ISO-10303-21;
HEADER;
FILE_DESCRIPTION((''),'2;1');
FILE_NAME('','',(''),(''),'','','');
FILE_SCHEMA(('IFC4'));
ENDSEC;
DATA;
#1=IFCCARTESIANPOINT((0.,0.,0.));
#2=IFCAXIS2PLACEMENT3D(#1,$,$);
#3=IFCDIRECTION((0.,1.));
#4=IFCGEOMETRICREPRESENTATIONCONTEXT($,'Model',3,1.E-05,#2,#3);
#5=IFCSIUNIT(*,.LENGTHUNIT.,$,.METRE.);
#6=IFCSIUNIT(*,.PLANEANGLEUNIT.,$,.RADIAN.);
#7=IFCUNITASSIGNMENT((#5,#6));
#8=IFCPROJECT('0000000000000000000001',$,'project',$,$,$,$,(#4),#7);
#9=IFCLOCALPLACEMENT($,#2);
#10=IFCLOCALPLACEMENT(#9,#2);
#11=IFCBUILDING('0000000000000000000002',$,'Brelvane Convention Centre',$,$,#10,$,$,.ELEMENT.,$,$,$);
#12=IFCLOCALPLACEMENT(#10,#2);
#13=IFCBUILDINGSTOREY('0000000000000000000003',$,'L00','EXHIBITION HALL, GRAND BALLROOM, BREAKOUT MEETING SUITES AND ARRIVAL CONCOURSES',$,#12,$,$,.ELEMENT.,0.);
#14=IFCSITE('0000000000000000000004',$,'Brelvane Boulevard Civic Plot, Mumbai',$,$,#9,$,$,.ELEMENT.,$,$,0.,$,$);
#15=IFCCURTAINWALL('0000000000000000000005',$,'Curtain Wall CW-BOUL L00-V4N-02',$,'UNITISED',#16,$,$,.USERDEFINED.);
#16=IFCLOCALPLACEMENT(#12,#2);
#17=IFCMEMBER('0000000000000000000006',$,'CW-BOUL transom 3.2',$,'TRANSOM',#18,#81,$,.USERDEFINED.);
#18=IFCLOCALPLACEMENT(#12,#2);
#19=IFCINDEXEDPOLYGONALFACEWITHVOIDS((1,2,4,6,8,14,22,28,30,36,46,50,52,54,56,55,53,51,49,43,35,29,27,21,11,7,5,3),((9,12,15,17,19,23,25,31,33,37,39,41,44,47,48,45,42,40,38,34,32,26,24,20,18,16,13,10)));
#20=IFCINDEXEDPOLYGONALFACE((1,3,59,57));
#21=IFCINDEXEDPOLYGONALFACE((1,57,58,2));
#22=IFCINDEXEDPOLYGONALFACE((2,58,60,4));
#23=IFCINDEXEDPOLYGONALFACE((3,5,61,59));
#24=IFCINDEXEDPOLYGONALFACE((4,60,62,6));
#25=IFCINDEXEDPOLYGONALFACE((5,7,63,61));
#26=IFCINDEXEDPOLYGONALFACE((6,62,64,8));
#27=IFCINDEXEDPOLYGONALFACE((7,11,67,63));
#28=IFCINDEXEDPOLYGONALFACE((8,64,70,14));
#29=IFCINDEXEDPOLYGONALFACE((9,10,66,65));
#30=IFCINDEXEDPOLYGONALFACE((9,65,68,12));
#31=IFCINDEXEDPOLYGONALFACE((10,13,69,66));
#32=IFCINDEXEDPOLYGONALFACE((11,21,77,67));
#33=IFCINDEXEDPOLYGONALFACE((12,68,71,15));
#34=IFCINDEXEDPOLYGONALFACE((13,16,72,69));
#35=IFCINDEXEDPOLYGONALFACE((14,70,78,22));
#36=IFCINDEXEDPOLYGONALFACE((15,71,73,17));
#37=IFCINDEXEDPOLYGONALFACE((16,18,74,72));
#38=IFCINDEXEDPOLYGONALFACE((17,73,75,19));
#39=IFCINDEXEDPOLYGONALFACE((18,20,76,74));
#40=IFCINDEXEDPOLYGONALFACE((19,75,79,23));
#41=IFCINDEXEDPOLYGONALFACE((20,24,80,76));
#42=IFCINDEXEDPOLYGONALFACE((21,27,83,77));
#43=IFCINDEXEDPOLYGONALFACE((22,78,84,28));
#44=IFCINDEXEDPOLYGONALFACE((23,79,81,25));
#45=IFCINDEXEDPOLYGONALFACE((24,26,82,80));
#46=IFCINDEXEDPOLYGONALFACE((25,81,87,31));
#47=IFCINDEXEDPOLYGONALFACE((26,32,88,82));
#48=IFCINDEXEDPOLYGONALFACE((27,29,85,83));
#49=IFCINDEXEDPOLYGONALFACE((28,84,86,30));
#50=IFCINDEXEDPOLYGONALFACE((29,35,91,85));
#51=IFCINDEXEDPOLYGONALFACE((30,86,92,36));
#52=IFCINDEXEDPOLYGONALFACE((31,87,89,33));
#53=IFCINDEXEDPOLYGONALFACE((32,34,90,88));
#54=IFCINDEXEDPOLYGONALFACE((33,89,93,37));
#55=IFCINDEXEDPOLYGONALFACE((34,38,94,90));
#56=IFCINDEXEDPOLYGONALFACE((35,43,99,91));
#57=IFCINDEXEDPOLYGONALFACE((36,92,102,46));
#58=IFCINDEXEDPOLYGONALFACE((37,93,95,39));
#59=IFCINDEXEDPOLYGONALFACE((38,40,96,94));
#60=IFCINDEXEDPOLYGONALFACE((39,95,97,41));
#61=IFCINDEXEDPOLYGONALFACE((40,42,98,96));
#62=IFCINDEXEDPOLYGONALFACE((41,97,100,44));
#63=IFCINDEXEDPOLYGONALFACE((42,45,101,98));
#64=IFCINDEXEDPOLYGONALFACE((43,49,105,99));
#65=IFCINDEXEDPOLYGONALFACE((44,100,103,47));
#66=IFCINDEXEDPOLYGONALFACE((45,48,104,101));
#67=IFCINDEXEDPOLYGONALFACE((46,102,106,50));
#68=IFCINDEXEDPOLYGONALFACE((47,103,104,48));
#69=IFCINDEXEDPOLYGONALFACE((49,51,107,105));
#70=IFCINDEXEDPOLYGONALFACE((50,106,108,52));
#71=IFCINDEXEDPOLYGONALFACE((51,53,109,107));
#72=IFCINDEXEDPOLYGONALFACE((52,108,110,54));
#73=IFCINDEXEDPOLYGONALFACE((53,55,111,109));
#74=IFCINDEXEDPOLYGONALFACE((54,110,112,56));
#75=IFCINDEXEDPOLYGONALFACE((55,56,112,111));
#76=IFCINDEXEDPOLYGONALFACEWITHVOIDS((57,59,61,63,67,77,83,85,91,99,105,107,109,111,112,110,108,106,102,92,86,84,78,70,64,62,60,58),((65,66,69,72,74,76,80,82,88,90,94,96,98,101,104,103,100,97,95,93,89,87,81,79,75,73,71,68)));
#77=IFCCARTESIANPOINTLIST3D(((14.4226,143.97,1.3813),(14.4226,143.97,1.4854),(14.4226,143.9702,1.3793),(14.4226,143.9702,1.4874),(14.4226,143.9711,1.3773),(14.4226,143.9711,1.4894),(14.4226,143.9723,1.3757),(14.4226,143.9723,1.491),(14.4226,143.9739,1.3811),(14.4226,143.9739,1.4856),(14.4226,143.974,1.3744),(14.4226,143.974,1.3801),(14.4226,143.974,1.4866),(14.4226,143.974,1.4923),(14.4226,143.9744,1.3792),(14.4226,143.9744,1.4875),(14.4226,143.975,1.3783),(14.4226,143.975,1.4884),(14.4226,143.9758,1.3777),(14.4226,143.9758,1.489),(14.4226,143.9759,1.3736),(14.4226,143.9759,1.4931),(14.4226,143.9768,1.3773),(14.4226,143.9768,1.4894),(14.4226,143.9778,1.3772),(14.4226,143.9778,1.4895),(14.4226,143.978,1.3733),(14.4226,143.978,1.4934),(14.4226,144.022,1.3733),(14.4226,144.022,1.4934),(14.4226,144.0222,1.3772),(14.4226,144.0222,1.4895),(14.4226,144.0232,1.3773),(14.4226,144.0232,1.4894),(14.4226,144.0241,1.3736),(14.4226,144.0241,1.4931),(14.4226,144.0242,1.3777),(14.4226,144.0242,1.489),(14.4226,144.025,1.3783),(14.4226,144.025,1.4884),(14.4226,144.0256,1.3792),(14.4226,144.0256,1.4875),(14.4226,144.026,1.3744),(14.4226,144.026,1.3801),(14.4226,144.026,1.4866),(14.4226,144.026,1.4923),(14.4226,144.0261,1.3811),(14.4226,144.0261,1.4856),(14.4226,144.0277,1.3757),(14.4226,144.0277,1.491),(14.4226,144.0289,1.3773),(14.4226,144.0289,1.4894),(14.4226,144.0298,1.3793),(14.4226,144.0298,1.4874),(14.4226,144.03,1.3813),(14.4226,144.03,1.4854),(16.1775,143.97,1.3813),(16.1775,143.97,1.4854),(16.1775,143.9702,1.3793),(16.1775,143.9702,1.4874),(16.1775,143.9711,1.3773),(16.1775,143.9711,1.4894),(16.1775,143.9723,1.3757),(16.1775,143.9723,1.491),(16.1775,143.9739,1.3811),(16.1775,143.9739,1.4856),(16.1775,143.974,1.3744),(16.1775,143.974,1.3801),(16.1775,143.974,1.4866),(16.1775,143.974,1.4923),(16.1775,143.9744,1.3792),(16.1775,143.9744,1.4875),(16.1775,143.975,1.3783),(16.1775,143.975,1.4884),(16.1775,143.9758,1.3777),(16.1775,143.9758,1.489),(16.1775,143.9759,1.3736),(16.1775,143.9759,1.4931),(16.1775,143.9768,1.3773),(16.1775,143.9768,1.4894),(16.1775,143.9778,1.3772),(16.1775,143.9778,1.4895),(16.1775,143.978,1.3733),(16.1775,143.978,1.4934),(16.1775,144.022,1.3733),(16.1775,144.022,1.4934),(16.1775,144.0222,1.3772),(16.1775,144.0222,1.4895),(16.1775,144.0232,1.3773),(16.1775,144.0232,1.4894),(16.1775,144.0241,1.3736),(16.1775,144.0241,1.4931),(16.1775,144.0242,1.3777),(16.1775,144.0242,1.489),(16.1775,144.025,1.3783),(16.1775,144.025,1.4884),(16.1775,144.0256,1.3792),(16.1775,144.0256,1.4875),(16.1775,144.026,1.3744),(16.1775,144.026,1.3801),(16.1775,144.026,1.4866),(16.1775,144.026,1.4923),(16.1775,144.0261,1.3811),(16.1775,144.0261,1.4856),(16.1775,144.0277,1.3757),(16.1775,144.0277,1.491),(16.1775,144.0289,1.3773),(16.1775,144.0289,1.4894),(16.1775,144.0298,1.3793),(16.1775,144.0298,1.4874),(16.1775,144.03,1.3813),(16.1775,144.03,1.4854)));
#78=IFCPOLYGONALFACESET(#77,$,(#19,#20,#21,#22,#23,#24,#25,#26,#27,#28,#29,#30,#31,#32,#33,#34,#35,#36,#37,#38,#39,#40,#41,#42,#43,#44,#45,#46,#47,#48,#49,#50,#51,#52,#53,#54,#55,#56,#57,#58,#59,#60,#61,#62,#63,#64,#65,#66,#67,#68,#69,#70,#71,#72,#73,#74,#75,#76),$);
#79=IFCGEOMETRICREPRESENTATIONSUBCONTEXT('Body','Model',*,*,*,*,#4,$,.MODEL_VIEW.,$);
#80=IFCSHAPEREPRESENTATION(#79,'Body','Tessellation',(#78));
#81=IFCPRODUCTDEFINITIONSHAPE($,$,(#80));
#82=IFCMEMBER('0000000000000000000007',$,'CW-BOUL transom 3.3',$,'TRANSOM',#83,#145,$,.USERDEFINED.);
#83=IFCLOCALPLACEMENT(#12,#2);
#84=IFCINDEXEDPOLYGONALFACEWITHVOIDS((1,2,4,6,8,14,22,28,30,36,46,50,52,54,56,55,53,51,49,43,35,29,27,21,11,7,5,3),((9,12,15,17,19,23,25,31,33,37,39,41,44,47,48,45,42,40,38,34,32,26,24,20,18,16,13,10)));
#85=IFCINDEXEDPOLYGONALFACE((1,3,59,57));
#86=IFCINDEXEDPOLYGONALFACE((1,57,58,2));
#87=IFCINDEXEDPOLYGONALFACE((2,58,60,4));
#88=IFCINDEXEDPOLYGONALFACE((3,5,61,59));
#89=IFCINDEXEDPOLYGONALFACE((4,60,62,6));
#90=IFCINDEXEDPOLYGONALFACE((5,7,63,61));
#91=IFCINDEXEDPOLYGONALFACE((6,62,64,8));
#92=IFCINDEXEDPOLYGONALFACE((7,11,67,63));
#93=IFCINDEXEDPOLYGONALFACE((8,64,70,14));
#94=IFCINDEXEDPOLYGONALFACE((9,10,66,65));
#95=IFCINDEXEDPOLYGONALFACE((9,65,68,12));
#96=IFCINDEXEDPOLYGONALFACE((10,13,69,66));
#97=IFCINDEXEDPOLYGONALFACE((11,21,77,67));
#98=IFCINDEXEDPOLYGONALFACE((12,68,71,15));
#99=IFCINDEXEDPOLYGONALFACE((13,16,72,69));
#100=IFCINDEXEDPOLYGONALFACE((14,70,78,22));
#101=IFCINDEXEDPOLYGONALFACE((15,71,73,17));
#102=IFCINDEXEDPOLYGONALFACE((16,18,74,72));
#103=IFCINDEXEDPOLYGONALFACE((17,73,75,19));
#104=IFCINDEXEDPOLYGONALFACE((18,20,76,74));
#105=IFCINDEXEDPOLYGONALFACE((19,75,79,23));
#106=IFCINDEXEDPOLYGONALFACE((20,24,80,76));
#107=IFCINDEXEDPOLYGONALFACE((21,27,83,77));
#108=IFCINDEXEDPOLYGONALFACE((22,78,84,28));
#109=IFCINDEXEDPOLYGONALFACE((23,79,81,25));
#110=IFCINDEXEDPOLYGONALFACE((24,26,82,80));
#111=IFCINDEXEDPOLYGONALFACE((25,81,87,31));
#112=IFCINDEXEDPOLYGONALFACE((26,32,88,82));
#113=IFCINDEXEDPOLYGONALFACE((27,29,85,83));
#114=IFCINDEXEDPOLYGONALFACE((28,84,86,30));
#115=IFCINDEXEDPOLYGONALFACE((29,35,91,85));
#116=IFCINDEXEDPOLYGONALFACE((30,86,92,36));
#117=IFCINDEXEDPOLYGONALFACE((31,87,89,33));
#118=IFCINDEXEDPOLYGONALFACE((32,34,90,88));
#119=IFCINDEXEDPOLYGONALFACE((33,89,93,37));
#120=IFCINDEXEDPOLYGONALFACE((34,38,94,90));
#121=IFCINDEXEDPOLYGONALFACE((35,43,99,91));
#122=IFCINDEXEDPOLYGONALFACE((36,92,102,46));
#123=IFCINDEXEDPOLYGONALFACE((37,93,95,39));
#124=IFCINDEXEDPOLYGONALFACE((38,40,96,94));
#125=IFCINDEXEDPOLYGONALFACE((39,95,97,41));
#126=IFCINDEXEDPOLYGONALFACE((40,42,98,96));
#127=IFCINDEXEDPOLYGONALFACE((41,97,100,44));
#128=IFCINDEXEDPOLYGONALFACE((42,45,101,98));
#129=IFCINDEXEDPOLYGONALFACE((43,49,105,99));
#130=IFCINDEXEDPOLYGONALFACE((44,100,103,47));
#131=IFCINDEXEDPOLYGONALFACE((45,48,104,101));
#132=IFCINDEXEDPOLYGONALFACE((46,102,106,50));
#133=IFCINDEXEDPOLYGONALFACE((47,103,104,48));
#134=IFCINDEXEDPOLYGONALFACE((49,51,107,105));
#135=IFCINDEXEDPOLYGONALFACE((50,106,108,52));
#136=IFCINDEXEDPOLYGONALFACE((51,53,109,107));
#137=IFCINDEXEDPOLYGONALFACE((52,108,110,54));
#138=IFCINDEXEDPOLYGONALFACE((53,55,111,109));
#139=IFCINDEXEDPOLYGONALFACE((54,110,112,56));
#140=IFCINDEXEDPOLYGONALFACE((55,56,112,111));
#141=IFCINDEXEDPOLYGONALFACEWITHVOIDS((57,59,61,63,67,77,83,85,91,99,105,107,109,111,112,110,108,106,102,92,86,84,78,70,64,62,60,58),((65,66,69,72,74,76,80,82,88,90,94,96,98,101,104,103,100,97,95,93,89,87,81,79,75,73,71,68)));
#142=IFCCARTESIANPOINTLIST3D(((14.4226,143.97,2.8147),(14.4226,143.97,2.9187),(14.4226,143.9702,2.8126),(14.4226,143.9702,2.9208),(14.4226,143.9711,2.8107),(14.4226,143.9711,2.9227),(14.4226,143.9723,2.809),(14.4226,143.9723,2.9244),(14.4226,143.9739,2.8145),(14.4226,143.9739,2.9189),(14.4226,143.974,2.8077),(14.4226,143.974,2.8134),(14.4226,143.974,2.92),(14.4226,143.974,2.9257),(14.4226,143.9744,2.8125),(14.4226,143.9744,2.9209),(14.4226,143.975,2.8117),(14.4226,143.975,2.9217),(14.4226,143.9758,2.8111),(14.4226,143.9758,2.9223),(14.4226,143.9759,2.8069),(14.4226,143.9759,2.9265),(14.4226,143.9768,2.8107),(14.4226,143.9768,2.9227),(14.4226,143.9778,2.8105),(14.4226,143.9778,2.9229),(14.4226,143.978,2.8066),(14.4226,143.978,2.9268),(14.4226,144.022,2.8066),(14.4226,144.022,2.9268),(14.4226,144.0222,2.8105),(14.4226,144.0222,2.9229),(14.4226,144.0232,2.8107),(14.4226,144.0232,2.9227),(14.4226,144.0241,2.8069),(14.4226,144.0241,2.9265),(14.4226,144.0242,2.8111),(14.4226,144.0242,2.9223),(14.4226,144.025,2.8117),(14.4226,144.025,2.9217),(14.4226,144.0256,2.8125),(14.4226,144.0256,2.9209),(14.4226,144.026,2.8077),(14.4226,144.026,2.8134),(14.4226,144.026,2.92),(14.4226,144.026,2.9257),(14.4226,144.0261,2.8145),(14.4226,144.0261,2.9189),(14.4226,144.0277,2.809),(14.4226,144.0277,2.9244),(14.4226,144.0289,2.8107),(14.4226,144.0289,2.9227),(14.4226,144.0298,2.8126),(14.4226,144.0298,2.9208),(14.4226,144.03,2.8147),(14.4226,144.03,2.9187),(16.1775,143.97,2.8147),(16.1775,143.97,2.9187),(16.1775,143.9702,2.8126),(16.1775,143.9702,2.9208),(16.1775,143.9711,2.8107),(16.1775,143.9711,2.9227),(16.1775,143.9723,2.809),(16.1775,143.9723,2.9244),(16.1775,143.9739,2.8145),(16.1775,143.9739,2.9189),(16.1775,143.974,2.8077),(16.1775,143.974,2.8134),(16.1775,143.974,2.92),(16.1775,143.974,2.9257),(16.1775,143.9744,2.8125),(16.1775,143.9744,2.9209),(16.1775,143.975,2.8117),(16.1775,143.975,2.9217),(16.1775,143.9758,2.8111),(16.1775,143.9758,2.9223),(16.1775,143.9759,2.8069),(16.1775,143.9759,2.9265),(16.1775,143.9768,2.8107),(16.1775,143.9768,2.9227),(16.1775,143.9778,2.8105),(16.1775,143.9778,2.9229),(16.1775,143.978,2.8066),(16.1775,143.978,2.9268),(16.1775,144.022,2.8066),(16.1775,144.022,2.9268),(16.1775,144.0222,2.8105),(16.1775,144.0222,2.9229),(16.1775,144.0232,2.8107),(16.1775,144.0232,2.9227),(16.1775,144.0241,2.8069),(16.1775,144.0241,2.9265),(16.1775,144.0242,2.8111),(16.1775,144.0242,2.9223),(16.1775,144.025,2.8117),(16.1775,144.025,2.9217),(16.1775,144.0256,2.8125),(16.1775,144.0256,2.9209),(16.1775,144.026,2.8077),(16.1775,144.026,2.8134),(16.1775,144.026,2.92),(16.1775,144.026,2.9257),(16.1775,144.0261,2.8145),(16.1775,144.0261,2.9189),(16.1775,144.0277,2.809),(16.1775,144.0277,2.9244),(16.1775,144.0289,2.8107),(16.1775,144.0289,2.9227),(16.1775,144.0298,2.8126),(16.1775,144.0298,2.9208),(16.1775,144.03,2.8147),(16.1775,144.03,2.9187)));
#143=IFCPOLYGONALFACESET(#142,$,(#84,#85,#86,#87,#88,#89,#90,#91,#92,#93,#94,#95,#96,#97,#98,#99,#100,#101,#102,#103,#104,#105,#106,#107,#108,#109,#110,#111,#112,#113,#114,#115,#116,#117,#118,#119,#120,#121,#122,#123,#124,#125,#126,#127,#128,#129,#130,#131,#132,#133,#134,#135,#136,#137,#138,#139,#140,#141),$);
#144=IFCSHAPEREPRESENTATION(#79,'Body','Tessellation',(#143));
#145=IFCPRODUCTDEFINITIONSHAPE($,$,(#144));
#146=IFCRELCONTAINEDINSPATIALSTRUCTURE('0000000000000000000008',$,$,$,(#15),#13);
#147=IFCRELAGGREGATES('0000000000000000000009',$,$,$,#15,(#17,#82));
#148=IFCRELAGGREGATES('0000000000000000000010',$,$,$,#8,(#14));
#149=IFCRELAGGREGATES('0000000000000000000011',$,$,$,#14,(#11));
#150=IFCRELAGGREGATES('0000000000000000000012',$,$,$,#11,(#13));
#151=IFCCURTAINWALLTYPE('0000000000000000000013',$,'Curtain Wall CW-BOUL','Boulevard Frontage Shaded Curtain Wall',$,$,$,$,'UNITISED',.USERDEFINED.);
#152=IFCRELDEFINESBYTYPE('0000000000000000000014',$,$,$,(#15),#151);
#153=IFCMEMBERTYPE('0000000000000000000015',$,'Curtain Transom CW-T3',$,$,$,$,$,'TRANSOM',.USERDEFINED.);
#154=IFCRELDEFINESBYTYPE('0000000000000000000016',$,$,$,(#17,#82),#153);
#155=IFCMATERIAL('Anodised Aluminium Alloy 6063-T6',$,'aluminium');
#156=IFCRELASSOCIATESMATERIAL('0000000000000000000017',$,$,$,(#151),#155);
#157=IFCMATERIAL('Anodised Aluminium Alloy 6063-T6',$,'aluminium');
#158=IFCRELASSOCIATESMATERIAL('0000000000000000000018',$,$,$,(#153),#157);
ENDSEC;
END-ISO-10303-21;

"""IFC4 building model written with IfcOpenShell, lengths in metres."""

from ifc_helpers import new_model, si_unit, direction, frame, origin, origin_2d, place, context, subcontext, project, spatial, hollow_rectangle, extrude, material, material_profile, profile_set, type_object, element, aggregate, save


model = new_model("IFC4")

# Units and contexts
model_context = context("Model", 3, precision=1e-05, world=origin(), true_north=direction((0.0, 1.0)))
body_context = subcontext(model_context, "Body", "Model", "MODEL_VIEW")
ifc_project = project(units=[si_unit("LENGTHUNIT", "METRE"), si_unit("PLANEANGLEUNIT", "RADIAN")], contexts=[model_context])

# Site, building, storey
site_placement = place(None, origin())
site = spatial("IfcSite", under=ifc_project, at=site_placement, Name="Brelvane Boulevard Civic Plot, Mumbai", CompositionType="ELEMENT", RefElevation=0.0)
building_placement = place(site_placement, origin())
building = spatial("IfcBuilding", under=site, at=building_placement, Name="Brelvane Convention Centre", CompositionType="ELEMENT")
storey_placement = place(building_placement, origin())
storey = spatial("IfcBuildingStorey", under=building, at=storey_placement, Name="L00", Description="EXHIBITION HALL, GRAND BALLROOM, BREAKOUT MEETING SUITES AND ARRIVAL CONCOURSES", CompositionType="ELEMENT", Elevation=0.0)

# Curtain wall, members
ifc_material_1 = material(Name="Anodised Aluminium Alloy 6063-T6", Category="aluminium")
curtain_wall_type = type_object("IfcCurtainWallType", Name="Curtain Wall CW-BOUL", Description="Boulevard Frontage Shaded Curtain Wall", ElementType="UNITISED", PredefinedType="USERDEFINED", material=ifc_material_1)
curtain_wall_placement = place(storey_placement, origin())
curtain_wall = element("IfcCurtainWall", 1, at=curtain_wall_placement, inside=storey, type_object=curtain_wall_type, Name="Curtain Wall CW-BOUL L00-V4N-02", ObjectType="UNITISED", PredefinedType="USERDEFINED")
ifc_material_2 = material(Name="Anodised Aluminium Alloy 6063-T6", Category="aluminium")
ifc_material_profile_1 = material_profile(ifc_material_2, hollow_rectangle(XDim=0.0601, YDim=0.1201, WallThickness=0.0039, InnerFilletRadius=0.0039, OuterFilletRadius=0.0081, at=origin_2d()), Name="ALU-T 120x60x4.0")
ifc_profile_set_1 = profile_set([ifc_material_profile_1], Name="Anodised Aluminium Alloy 6063-T6")
member_type_1 = type_object("IfcMemberType", Name="Curtain Transom CW-T3", ElementType="TRANSOM", PredefinedType="USERDEFINED", material=ifc_profile_set_1)
member_1_placement = place(storey_placement, frame((14.4226, 144.0, 1.4333), z_axis=(1.0, 0.0, 0.0), x_axis=(0.0, 1.0, 0.0)))
member_1 = element("IfcMember", 2, at=member_1_placement, type_object=member_type_1, Name="CW-BOUL transom 3.2", ObjectType="TRANSOM", PredefinedType="USERDEFINED", context=body_context, shape_type="SweptSolid", body=[
    extrude(hollow_rectangle(XDim=0.0601, YDim=0.1201, WallThickness=0.0039, InnerFilletRadius=0.0039, OuterFilletRadius=0.0081, at=origin_2d()), origin(), (0.0, 0.0, 1.0), 1.7549),
])
member_2_placement = place(storey_placement, frame((14.4226, 144.0, 2.8667), z_axis=(1.0, 0.0, 0.0), x_axis=(0.0, 1.0, 0.0)))
member_2 = element("IfcMember", 3, at=member_2_placement, type_object=member_type_1, Name="CW-BOUL transom 3.3", ObjectType="TRANSOM", PredefinedType="USERDEFINED", context=body_context, shape_type="SweptSolid", body=[
    extrude(hollow_rectangle(XDim=0.0601, YDim=0.1201, WallThickness=0.0039, InnerFilletRadius=0.0039, OuterFilletRadius=0.0081, at=origin_2d()), origin(), (0.0, 0.0, 1.0), 1.7549),
])
aggregate(curtain_wall, [member_1, member_2])

save(model, "model.ifc")
